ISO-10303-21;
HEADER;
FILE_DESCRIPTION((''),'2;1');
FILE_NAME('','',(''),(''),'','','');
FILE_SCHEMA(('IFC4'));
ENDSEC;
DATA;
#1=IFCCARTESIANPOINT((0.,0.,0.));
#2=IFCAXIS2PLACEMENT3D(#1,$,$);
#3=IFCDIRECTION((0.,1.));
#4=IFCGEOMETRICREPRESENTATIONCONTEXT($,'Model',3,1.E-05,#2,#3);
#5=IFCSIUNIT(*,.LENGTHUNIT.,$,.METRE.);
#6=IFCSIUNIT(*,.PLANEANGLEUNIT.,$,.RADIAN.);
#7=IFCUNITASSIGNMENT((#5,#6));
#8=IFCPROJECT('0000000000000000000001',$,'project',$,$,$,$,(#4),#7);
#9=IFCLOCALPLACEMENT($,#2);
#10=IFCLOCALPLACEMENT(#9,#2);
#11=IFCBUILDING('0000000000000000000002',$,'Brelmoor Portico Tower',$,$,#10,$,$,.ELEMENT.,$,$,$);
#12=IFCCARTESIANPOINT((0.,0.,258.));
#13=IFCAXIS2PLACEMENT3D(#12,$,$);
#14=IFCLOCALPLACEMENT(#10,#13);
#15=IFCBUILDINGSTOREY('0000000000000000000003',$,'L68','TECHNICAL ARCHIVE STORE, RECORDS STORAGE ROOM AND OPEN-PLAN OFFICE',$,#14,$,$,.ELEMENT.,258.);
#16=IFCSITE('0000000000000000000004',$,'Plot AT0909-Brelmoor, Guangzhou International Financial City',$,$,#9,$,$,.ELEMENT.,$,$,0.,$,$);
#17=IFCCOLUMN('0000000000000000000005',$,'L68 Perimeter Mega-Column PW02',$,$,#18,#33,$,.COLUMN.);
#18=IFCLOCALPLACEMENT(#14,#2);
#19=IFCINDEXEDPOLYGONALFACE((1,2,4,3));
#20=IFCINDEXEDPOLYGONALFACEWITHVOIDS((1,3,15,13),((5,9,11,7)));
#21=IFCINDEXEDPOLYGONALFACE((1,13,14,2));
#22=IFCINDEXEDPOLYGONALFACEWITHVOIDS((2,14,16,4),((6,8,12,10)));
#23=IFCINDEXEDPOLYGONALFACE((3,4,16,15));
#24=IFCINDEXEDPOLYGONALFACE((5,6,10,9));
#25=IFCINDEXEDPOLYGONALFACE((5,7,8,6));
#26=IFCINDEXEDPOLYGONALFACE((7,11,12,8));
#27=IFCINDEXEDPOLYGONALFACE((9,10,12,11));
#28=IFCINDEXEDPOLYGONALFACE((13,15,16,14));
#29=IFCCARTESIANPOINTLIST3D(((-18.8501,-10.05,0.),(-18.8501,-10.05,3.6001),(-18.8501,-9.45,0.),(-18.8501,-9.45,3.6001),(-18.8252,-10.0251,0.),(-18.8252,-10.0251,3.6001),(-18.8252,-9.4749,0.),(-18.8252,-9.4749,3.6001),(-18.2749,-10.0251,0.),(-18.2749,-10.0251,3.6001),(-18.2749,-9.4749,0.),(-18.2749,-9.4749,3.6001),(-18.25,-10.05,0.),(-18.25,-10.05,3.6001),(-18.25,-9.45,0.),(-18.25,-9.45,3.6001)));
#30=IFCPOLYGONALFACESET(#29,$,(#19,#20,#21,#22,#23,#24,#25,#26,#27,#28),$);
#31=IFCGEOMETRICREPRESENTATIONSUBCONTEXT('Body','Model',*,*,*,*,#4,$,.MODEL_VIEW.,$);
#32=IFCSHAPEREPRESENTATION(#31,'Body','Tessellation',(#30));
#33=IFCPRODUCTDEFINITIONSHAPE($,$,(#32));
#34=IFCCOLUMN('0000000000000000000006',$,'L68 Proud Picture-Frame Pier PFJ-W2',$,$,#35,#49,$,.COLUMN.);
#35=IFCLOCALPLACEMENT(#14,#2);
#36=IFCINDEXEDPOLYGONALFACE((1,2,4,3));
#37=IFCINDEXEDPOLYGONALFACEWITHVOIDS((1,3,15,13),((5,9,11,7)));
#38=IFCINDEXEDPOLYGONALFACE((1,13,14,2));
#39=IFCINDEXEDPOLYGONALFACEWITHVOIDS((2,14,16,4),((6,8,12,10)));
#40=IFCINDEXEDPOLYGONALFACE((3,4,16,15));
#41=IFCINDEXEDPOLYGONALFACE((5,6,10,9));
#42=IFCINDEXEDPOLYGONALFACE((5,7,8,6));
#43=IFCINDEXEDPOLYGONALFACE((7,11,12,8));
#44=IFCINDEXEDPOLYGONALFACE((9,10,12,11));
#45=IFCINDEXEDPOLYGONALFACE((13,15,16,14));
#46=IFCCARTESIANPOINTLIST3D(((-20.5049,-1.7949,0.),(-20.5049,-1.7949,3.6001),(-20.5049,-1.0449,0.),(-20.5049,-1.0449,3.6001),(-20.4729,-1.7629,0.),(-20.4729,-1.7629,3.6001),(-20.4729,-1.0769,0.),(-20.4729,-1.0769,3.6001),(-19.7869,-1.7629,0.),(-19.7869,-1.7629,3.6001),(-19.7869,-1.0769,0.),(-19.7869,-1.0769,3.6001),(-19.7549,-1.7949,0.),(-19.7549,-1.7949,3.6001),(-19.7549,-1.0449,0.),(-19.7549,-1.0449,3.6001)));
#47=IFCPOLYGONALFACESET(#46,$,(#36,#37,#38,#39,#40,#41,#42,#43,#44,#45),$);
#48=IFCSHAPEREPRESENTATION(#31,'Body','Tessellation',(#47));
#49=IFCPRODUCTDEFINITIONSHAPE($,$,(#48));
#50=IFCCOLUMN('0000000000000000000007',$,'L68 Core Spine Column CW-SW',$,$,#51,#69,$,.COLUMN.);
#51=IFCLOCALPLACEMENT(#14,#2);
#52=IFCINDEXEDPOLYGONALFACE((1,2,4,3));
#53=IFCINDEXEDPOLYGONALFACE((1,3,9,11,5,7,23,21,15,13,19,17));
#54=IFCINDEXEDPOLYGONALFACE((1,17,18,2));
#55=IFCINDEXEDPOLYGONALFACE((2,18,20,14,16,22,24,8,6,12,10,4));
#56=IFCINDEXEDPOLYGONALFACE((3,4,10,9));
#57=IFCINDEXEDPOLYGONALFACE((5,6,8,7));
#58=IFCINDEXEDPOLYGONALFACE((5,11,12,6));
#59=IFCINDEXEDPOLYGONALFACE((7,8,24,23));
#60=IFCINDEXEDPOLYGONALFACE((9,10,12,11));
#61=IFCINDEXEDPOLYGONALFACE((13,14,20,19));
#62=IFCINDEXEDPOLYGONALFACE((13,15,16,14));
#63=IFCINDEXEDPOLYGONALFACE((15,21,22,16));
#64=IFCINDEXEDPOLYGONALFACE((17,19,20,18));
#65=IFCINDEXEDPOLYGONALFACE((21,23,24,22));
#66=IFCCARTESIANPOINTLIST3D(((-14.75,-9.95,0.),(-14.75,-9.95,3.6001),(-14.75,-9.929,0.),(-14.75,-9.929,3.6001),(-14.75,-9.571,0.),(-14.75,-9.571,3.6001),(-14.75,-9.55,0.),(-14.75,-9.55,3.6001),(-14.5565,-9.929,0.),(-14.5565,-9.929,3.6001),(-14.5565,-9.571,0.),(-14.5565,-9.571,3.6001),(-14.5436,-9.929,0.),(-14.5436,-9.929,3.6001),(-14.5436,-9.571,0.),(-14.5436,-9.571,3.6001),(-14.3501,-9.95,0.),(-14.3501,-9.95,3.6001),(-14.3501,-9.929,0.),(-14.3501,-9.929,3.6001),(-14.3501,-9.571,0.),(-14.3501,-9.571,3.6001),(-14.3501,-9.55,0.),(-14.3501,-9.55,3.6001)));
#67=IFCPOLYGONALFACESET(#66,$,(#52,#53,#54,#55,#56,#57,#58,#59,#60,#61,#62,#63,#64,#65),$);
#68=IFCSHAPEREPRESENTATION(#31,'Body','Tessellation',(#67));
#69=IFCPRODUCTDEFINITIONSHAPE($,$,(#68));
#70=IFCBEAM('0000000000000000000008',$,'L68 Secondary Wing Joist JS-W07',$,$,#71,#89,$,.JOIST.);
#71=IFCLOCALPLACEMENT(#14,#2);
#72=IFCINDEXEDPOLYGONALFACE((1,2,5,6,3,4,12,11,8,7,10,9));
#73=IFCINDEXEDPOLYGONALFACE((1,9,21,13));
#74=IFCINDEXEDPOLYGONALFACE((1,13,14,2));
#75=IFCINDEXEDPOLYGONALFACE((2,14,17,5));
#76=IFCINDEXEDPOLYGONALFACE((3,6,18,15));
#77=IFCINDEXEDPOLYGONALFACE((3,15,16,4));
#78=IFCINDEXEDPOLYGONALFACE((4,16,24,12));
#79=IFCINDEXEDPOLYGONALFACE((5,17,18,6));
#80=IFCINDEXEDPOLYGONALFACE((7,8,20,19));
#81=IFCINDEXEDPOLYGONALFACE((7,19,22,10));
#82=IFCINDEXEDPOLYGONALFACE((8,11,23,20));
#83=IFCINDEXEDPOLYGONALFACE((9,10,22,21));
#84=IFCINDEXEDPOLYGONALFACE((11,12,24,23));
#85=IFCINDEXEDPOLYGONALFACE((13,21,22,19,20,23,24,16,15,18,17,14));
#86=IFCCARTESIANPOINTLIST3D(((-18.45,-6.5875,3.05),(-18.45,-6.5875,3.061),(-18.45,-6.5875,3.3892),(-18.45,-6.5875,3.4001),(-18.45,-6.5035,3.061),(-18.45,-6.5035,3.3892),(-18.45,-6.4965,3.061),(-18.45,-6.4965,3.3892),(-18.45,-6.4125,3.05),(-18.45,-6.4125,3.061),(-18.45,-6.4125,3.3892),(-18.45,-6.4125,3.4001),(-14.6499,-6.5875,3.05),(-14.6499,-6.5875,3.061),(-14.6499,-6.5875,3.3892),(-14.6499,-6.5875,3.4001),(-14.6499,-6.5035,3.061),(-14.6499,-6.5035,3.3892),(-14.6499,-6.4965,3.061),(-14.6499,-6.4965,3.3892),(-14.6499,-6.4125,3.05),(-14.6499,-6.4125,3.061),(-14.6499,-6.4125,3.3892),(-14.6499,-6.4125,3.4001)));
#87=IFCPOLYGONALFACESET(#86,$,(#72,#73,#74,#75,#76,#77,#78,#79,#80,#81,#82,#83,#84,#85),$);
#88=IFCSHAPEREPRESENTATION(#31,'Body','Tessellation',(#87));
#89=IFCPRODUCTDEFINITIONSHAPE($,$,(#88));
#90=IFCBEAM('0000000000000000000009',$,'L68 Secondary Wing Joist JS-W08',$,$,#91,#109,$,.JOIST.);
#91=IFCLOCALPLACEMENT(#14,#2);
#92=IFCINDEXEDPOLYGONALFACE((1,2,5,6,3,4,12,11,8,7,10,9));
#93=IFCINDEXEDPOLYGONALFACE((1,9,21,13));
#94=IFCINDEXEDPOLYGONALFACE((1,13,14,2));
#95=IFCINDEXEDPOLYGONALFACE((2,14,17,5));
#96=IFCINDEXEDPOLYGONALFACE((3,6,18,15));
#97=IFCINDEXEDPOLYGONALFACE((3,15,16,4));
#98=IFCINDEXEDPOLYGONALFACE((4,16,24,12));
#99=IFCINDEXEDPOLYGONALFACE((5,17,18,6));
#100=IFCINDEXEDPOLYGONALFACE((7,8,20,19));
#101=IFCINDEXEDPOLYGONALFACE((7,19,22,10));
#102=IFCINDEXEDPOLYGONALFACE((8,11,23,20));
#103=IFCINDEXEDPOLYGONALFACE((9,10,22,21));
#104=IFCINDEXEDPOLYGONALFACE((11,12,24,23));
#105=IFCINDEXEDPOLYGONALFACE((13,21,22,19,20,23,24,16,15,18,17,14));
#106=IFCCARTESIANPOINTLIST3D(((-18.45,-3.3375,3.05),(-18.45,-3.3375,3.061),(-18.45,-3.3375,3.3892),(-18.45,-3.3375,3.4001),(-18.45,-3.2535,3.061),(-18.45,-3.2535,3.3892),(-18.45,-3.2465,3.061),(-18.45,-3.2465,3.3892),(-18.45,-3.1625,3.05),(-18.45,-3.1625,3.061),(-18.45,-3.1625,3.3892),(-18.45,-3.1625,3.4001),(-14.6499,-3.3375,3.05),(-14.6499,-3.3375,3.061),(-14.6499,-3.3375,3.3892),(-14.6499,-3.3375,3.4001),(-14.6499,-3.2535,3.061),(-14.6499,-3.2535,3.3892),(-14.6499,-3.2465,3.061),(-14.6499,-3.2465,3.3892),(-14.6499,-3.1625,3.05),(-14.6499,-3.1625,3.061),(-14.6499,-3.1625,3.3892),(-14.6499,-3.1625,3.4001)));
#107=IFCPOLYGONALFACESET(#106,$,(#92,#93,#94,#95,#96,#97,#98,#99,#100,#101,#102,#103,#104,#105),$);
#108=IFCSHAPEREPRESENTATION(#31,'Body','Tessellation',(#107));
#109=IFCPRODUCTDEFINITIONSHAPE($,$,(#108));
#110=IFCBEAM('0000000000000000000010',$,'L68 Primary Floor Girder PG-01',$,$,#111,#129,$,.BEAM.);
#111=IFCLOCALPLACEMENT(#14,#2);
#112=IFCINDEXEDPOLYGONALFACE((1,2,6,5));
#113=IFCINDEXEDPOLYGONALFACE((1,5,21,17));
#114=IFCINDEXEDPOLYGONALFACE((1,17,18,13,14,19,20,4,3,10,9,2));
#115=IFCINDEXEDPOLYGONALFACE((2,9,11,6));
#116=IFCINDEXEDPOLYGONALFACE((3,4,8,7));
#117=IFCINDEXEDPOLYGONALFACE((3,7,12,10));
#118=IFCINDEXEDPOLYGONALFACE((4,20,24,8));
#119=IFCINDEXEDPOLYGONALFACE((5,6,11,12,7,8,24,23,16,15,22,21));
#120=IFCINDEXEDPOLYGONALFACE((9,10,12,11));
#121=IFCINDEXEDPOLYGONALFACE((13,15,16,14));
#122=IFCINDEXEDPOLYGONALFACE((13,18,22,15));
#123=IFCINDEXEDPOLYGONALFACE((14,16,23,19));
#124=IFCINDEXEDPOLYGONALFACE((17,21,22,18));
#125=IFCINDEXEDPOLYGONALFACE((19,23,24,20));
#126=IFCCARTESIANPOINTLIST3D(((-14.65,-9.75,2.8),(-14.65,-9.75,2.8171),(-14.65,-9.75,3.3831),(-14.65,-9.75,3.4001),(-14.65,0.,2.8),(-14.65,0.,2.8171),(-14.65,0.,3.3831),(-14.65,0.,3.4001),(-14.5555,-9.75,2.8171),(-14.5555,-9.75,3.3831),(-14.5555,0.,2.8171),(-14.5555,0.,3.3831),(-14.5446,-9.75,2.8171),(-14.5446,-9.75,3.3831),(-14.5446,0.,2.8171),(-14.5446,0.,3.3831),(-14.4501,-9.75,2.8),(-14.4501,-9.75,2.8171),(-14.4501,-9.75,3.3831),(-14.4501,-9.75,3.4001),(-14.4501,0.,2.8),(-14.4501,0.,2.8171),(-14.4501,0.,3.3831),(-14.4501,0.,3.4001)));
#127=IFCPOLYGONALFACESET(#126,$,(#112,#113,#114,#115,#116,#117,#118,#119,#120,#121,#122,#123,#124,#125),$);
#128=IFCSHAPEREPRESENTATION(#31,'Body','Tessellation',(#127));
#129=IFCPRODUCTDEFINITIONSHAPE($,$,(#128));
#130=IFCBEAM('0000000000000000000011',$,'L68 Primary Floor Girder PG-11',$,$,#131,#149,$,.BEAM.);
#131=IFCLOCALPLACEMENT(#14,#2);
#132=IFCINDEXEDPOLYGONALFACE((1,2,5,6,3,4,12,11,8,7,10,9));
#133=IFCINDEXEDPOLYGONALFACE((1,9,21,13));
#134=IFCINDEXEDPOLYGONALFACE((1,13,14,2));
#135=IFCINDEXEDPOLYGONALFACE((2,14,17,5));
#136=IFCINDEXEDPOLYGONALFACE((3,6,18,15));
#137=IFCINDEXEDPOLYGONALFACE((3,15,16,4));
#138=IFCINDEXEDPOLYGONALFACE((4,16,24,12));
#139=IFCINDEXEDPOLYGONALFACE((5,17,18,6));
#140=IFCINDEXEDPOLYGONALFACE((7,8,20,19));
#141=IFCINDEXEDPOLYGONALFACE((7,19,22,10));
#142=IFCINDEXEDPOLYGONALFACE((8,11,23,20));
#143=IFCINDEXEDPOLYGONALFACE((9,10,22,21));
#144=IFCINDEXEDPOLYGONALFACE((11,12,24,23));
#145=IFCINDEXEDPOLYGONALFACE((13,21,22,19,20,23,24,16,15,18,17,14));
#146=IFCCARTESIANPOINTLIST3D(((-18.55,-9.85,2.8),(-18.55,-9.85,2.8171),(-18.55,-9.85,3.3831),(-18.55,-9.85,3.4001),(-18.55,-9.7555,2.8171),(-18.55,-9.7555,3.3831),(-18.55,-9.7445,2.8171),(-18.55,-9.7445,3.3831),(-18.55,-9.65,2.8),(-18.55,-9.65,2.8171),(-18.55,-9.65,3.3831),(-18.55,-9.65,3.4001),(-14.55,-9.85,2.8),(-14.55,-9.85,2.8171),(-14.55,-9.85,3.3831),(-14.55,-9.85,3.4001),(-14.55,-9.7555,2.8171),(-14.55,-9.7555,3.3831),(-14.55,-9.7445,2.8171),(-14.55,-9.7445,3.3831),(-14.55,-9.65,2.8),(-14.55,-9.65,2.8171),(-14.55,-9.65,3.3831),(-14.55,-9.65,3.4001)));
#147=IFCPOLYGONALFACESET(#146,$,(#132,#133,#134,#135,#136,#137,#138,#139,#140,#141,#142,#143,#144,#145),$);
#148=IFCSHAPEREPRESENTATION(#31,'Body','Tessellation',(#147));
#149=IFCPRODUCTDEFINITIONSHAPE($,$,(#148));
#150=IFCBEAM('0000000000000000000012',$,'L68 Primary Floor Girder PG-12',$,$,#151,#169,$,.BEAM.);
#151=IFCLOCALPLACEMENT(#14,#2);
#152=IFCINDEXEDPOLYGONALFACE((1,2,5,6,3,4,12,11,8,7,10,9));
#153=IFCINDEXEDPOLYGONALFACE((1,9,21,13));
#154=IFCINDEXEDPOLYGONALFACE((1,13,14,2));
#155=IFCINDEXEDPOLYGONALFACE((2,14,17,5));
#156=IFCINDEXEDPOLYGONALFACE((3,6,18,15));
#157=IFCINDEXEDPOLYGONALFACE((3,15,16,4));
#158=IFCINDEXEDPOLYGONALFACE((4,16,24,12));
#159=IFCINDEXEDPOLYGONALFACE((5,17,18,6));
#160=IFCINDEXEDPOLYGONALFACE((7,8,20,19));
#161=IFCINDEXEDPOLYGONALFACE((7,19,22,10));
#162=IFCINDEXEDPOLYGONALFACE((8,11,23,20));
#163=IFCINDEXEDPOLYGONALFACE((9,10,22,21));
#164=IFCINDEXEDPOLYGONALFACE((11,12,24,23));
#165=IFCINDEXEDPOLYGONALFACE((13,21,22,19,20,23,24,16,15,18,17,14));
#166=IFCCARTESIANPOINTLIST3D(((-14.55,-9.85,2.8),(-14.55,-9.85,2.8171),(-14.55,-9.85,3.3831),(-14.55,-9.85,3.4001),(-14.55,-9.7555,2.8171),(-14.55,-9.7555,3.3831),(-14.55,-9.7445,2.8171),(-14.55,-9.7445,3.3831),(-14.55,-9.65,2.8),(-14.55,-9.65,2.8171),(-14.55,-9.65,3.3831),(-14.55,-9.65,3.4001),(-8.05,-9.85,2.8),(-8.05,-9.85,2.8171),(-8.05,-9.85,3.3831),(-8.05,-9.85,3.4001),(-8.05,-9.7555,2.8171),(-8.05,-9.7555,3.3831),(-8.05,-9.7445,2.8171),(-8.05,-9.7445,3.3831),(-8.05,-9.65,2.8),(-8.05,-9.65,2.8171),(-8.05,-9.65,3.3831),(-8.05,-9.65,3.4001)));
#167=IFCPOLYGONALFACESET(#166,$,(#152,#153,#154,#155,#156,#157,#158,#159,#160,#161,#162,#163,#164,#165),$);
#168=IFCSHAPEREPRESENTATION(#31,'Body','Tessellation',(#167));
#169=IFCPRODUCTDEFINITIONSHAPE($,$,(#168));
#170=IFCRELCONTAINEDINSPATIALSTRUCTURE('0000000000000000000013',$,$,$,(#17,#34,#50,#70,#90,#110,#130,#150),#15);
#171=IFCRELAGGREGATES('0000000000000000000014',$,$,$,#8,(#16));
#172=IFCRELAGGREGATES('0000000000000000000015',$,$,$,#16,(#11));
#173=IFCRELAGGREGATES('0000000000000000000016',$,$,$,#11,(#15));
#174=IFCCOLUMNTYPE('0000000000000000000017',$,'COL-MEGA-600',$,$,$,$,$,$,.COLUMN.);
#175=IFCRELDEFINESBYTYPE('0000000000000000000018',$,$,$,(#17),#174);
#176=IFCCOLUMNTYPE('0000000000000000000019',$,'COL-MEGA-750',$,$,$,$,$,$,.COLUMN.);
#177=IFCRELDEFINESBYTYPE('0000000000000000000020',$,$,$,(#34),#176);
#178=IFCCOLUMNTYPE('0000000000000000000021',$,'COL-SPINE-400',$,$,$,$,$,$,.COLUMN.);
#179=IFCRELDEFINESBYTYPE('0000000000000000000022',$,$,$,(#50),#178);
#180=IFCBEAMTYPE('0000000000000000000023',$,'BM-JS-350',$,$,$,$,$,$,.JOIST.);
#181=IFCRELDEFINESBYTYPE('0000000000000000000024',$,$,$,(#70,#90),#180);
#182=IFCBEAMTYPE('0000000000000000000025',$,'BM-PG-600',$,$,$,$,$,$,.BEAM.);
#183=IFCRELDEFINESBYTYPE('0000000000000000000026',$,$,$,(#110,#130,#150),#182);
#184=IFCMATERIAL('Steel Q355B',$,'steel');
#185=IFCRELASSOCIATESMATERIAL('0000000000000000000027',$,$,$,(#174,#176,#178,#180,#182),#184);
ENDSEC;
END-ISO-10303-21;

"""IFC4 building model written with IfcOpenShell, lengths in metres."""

from ifc_helpers import new_model, si_unit, direction, frame, origin, origin_2d, place, context, subcontext, project, spatial, hollow_rectangle, i_section, extrude, material, material_profile, profile_set, type_object, element, save


model = new_model("IFC4")

# Units and contexts
model_context = context("Model", 3, precision=1e-05, world=origin(), true_north=direction((0.0, 1.0)))
body_context = subcontext(model_context, "Body", "Model", "MODEL_VIEW")
ifc_project = project(units=[si_unit("LENGTHUNIT", "METRE"), si_unit("PLANEANGLEUNIT", "RADIAN")], contexts=[model_context])

# Site, building, storey
site_placement = place(None, origin())
site = spatial("IfcSite", under=ifc_project, at=site_placement, Name="Plot AT0909-Brelmoor, Guangzhou International Financial City", CompositionType="ELEMENT", RefElevation=0.0)
building_placement = place(site_placement, origin())
building = spatial("IfcBuilding", under=site, at=building_placement, Name="Brelmoor Portico Tower", CompositionType="ELEMENT")
storey_placement = place(building_placement, frame((0.0, 0.0, 258.0)))
storey = spatial("IfcBuildingStorey", under=building, at=storey_placement, Name="L68", Description="TECHNICAL ARCHIVE STORE, RECORDS STORAGE ROOM AND OPEN-PLAN OFFICE", CompositionType="ELEMENT", Elevation=258.0)

# Columns
ifc_material_1 = material(Name="Steel Q355B", Category="steel")
ifc_material_profile_1 = material_profile(ifc_material_1, hollow_rectangle(XDim=0.6001, YDim=0.6001, WallThickness=0.0249, at=origin_2d()), Name="BOX 600x600x25")
ifc_profile_set_1 = profile_set([ifc_material_profile_1], Name="Steel Q355B")
column_type_1 = type_object("IfcColumnType", Name="COL-MEGA-600", PredefinedType="COLUMN", material=ifc_profile_set_1)
column_1_placement = place(storey_placement, frame((-18.55, -9.75, 0.0), z_axis=(0.0, 0.0, 1.0), x_axis=(0.0, 1.0, 0.0)))
element("IfcColumn", 1, at=column_1_placement, inside=storey, type_object=column_type_1, Name="L68 Perimeter Mega-Column PW02", PredefinedType="COLUMN", context=body_context, shape_type="SweptSolid", body=[
    extrude(hollow_rectangle(XDim=0.6001, YDim=0.6001, WallThickness=0.0249, at=origin_2d()), origin(), (0.0, 0.0, 1.0), 3.6001),
])
ifc_material_profile_2 = material_profile(ifc_material_1, hollow_rectangle(XDim=0.75, YDim=0.75, WallThickness=0.032, at=origin_2d()), Name="BOX 750x750x32")
ifc_profile_set_2 = profile_set([ifc_material_profile_2], Name="Steel Q355B")
column_type_2 = type_object("IfcColumnType", Name="COL-MEGA-750", PredefinedType="COLUMN", material=ifc_profile_set_2)
column_2_placement = place(storey_placement, frame((-20.1299, -1.4199, 0.0), z_axis=(0.0, 0.0, 1.0), x_axis=(0.0, 1.0, 0.0)))
element("IfcColumn", 2, at=column_2_placement, inside=storey, type_object=column_type_2, Name="L68 Proud Picture-Frame Pier PFJ-W2", PredefinedType="COLUMN", context=body_context, shape_type="SweptSolid", body=[
    extrude(hollow_rectangle(XDim=0.75, YDim=0.75, WallThickness=0.032, at=origin_2d()), origin(), (0.0, 0.0, 1.0), 3.6001),
])
ifc_material_profile_3 = material_profile(ifc_material_1, i_section(OverallWidth=0.3999, OverallDepth=0.3999, WebThickness=0.0129, FlangeThickness=0.021, at=origin_2d()), Name="HW 400x400x13x21")
ifc_profile_set_3 = profile_set([ifc_material_profile_3], Name="Steel Q355B")
column_type_3 = type_object("IfcColumnType", Name="COL-SPINE-400", PredefinedType="COLUMN", material=ifc_profile_set_3)
column_3_placement = place(storey_placement, frame((-14.55, -9.75, 0.0), z_axis=(0.0, 0.0, 1.0), x_axis=(1.0, 0.0, 0.0)))
element("IfcColumn", 3, at=column_3_placement, inside=storey, type_object=column_type_3, Name="L68 Core Spine Column CW-SW", PredefinedType="COLUMN", context=body_context, shape_type="SweptSolid", body=[
    extrude(i_section(OverallWidth=0.3999, OverallDepth=0.3999, WebThickness=0.0129, FlangeThickness=0.021, at=origin_2d()), origin(), (0.0, 0.0, 1.0), 3.6001),
])

# Beams
ifc_material_profile_4 = material_profile(ifc_material_1, i_section(OverallWidth=0.175, OverallDepth=0.3501, WebThickness=0.0071, FlangeThickness=0.011, at=origin_2d()), Name="HN 350x175x7x11")
ifc_profile_set_4 = profile_set([ifc_material_profile_4], Name="Steel Q355B")
beam_type_1 = type_object("IfcBeamType", Name="BM-JS-350", PredefinedType="JOIST", material=ifc_profile_set_4)
for number, where, z_axis, x_axis, name in (
    (4, (-18.45, -6.5, 3.2251), (1.0, 0.0, 0.0), (0.0, 1.0, 0.0), "L68 Secondary Wing Joist JS-W07"),
    (5, (-18.45, -3.25, 3.2251), (1.0, 0.0, 0.0), (0.0, 1.0, 0.0), "L68 Secondary Wing Joist JS-W08"),
):
    element("IfcBeam", number, at=place(storey_placement, frame(where, z_axis=z_axis, x_axis=x_axis)), inside=storey, type_object=beam_type_1, Name=name, PredefinedType="JOIST", context=body_context, shape_type="SweptSolid", body=[
        extrude(i_section(OverallWidth=0.175, OverallDepth=0.3501, WebThickness=0.0071, FlangeThickness=0.011, at=origin_2d()), origin(), (0.0, 0.0, 1.0), 3.8),
    ])
ifc_material_profile_5 = material_profile(ifc_material_1, i_section(OverallWidth=0.2, OverallDepth=0.6001, WebThickness=0.011, FlangeThickness=0.0171, at=origin_2d()), Name="HN 600x200x11x17")
ifc_profile_set_5 = profile_set([ifc_material_profile_5], Name="Steel Q355B")
beam_type_2 = type_object("IfcBeamType", Name="BM-PG-600", PredefinedType="BEAM", material=ifc_profile_set_5)
beam_1_placement = place(storey_placement, frame((-14.55, -9.75, 3.1001), z_axis=(0.0, 1.0, 0.0), x_axis=(-1.0, 0.0, 0.0)))
element("IfcBeam", 6, at=beam_1_placement, inside=storey, type_object=beam_type_2, Name="L68 Primary Floor Girder PG-01", PredefinedType="BEAM", context=body_context, shape_type="SweptSolid", body=[
    extrude(i_section(OverallWidth=0.2, OverallDepth=0.6001, WebThickness=0.011, FlangeThickness=0.0171, at=origin_2d()), origin(), (0.0, 0.0, 1.0), 9.75),
])
beam_2_placement = place(storey_placement, frame((-18.55, -9.75, 3.1001), z_axis=(1.0, 0.0, 0.0), x_axis=(0.0, 1.0, 0.0)))
element("IfcBeam", 7, at=beam_2_placement, inside=storey, type_object=beam_type_2, Name="L68 Primary Floor Girder PG-11", PredefinedType="BEAM", context=body_context, shape_type="SweptSolid", body=[
    extrude(i_section(OverallWidth=0.2, OverallDepth=0.6001, WebThickness=0.011, FlangeThickness=0.0171, at=origin_2d()), origin(), (0.0, 0.0, 1.0), 4.0),
])
beam_3_placement = place(storey_placement, frame((-14.55, -9.75, 3.1001), z_axis=(1.0, 0.0, 0.0), x_axis=(0.0, 1.0, 0.0)))
element("IfcBeam", 8, at=beam_3_placement, inside=storey, type_object=beam_type_2, Name="L68 Primary Floor Girder PG-12", PredefinedType="BEAM", context=body_context, shape_type="SweptSolid", body=[
    extrude(i_section(OverallWidth=0.2, OverallDepth=0.6001, WebThickness=0.011, FlangeThickness=0.0171, at=origin_2d()), origin(), (0.0, 0.0, 1.0), 6.5),
])

save(model, "model.ifc")
